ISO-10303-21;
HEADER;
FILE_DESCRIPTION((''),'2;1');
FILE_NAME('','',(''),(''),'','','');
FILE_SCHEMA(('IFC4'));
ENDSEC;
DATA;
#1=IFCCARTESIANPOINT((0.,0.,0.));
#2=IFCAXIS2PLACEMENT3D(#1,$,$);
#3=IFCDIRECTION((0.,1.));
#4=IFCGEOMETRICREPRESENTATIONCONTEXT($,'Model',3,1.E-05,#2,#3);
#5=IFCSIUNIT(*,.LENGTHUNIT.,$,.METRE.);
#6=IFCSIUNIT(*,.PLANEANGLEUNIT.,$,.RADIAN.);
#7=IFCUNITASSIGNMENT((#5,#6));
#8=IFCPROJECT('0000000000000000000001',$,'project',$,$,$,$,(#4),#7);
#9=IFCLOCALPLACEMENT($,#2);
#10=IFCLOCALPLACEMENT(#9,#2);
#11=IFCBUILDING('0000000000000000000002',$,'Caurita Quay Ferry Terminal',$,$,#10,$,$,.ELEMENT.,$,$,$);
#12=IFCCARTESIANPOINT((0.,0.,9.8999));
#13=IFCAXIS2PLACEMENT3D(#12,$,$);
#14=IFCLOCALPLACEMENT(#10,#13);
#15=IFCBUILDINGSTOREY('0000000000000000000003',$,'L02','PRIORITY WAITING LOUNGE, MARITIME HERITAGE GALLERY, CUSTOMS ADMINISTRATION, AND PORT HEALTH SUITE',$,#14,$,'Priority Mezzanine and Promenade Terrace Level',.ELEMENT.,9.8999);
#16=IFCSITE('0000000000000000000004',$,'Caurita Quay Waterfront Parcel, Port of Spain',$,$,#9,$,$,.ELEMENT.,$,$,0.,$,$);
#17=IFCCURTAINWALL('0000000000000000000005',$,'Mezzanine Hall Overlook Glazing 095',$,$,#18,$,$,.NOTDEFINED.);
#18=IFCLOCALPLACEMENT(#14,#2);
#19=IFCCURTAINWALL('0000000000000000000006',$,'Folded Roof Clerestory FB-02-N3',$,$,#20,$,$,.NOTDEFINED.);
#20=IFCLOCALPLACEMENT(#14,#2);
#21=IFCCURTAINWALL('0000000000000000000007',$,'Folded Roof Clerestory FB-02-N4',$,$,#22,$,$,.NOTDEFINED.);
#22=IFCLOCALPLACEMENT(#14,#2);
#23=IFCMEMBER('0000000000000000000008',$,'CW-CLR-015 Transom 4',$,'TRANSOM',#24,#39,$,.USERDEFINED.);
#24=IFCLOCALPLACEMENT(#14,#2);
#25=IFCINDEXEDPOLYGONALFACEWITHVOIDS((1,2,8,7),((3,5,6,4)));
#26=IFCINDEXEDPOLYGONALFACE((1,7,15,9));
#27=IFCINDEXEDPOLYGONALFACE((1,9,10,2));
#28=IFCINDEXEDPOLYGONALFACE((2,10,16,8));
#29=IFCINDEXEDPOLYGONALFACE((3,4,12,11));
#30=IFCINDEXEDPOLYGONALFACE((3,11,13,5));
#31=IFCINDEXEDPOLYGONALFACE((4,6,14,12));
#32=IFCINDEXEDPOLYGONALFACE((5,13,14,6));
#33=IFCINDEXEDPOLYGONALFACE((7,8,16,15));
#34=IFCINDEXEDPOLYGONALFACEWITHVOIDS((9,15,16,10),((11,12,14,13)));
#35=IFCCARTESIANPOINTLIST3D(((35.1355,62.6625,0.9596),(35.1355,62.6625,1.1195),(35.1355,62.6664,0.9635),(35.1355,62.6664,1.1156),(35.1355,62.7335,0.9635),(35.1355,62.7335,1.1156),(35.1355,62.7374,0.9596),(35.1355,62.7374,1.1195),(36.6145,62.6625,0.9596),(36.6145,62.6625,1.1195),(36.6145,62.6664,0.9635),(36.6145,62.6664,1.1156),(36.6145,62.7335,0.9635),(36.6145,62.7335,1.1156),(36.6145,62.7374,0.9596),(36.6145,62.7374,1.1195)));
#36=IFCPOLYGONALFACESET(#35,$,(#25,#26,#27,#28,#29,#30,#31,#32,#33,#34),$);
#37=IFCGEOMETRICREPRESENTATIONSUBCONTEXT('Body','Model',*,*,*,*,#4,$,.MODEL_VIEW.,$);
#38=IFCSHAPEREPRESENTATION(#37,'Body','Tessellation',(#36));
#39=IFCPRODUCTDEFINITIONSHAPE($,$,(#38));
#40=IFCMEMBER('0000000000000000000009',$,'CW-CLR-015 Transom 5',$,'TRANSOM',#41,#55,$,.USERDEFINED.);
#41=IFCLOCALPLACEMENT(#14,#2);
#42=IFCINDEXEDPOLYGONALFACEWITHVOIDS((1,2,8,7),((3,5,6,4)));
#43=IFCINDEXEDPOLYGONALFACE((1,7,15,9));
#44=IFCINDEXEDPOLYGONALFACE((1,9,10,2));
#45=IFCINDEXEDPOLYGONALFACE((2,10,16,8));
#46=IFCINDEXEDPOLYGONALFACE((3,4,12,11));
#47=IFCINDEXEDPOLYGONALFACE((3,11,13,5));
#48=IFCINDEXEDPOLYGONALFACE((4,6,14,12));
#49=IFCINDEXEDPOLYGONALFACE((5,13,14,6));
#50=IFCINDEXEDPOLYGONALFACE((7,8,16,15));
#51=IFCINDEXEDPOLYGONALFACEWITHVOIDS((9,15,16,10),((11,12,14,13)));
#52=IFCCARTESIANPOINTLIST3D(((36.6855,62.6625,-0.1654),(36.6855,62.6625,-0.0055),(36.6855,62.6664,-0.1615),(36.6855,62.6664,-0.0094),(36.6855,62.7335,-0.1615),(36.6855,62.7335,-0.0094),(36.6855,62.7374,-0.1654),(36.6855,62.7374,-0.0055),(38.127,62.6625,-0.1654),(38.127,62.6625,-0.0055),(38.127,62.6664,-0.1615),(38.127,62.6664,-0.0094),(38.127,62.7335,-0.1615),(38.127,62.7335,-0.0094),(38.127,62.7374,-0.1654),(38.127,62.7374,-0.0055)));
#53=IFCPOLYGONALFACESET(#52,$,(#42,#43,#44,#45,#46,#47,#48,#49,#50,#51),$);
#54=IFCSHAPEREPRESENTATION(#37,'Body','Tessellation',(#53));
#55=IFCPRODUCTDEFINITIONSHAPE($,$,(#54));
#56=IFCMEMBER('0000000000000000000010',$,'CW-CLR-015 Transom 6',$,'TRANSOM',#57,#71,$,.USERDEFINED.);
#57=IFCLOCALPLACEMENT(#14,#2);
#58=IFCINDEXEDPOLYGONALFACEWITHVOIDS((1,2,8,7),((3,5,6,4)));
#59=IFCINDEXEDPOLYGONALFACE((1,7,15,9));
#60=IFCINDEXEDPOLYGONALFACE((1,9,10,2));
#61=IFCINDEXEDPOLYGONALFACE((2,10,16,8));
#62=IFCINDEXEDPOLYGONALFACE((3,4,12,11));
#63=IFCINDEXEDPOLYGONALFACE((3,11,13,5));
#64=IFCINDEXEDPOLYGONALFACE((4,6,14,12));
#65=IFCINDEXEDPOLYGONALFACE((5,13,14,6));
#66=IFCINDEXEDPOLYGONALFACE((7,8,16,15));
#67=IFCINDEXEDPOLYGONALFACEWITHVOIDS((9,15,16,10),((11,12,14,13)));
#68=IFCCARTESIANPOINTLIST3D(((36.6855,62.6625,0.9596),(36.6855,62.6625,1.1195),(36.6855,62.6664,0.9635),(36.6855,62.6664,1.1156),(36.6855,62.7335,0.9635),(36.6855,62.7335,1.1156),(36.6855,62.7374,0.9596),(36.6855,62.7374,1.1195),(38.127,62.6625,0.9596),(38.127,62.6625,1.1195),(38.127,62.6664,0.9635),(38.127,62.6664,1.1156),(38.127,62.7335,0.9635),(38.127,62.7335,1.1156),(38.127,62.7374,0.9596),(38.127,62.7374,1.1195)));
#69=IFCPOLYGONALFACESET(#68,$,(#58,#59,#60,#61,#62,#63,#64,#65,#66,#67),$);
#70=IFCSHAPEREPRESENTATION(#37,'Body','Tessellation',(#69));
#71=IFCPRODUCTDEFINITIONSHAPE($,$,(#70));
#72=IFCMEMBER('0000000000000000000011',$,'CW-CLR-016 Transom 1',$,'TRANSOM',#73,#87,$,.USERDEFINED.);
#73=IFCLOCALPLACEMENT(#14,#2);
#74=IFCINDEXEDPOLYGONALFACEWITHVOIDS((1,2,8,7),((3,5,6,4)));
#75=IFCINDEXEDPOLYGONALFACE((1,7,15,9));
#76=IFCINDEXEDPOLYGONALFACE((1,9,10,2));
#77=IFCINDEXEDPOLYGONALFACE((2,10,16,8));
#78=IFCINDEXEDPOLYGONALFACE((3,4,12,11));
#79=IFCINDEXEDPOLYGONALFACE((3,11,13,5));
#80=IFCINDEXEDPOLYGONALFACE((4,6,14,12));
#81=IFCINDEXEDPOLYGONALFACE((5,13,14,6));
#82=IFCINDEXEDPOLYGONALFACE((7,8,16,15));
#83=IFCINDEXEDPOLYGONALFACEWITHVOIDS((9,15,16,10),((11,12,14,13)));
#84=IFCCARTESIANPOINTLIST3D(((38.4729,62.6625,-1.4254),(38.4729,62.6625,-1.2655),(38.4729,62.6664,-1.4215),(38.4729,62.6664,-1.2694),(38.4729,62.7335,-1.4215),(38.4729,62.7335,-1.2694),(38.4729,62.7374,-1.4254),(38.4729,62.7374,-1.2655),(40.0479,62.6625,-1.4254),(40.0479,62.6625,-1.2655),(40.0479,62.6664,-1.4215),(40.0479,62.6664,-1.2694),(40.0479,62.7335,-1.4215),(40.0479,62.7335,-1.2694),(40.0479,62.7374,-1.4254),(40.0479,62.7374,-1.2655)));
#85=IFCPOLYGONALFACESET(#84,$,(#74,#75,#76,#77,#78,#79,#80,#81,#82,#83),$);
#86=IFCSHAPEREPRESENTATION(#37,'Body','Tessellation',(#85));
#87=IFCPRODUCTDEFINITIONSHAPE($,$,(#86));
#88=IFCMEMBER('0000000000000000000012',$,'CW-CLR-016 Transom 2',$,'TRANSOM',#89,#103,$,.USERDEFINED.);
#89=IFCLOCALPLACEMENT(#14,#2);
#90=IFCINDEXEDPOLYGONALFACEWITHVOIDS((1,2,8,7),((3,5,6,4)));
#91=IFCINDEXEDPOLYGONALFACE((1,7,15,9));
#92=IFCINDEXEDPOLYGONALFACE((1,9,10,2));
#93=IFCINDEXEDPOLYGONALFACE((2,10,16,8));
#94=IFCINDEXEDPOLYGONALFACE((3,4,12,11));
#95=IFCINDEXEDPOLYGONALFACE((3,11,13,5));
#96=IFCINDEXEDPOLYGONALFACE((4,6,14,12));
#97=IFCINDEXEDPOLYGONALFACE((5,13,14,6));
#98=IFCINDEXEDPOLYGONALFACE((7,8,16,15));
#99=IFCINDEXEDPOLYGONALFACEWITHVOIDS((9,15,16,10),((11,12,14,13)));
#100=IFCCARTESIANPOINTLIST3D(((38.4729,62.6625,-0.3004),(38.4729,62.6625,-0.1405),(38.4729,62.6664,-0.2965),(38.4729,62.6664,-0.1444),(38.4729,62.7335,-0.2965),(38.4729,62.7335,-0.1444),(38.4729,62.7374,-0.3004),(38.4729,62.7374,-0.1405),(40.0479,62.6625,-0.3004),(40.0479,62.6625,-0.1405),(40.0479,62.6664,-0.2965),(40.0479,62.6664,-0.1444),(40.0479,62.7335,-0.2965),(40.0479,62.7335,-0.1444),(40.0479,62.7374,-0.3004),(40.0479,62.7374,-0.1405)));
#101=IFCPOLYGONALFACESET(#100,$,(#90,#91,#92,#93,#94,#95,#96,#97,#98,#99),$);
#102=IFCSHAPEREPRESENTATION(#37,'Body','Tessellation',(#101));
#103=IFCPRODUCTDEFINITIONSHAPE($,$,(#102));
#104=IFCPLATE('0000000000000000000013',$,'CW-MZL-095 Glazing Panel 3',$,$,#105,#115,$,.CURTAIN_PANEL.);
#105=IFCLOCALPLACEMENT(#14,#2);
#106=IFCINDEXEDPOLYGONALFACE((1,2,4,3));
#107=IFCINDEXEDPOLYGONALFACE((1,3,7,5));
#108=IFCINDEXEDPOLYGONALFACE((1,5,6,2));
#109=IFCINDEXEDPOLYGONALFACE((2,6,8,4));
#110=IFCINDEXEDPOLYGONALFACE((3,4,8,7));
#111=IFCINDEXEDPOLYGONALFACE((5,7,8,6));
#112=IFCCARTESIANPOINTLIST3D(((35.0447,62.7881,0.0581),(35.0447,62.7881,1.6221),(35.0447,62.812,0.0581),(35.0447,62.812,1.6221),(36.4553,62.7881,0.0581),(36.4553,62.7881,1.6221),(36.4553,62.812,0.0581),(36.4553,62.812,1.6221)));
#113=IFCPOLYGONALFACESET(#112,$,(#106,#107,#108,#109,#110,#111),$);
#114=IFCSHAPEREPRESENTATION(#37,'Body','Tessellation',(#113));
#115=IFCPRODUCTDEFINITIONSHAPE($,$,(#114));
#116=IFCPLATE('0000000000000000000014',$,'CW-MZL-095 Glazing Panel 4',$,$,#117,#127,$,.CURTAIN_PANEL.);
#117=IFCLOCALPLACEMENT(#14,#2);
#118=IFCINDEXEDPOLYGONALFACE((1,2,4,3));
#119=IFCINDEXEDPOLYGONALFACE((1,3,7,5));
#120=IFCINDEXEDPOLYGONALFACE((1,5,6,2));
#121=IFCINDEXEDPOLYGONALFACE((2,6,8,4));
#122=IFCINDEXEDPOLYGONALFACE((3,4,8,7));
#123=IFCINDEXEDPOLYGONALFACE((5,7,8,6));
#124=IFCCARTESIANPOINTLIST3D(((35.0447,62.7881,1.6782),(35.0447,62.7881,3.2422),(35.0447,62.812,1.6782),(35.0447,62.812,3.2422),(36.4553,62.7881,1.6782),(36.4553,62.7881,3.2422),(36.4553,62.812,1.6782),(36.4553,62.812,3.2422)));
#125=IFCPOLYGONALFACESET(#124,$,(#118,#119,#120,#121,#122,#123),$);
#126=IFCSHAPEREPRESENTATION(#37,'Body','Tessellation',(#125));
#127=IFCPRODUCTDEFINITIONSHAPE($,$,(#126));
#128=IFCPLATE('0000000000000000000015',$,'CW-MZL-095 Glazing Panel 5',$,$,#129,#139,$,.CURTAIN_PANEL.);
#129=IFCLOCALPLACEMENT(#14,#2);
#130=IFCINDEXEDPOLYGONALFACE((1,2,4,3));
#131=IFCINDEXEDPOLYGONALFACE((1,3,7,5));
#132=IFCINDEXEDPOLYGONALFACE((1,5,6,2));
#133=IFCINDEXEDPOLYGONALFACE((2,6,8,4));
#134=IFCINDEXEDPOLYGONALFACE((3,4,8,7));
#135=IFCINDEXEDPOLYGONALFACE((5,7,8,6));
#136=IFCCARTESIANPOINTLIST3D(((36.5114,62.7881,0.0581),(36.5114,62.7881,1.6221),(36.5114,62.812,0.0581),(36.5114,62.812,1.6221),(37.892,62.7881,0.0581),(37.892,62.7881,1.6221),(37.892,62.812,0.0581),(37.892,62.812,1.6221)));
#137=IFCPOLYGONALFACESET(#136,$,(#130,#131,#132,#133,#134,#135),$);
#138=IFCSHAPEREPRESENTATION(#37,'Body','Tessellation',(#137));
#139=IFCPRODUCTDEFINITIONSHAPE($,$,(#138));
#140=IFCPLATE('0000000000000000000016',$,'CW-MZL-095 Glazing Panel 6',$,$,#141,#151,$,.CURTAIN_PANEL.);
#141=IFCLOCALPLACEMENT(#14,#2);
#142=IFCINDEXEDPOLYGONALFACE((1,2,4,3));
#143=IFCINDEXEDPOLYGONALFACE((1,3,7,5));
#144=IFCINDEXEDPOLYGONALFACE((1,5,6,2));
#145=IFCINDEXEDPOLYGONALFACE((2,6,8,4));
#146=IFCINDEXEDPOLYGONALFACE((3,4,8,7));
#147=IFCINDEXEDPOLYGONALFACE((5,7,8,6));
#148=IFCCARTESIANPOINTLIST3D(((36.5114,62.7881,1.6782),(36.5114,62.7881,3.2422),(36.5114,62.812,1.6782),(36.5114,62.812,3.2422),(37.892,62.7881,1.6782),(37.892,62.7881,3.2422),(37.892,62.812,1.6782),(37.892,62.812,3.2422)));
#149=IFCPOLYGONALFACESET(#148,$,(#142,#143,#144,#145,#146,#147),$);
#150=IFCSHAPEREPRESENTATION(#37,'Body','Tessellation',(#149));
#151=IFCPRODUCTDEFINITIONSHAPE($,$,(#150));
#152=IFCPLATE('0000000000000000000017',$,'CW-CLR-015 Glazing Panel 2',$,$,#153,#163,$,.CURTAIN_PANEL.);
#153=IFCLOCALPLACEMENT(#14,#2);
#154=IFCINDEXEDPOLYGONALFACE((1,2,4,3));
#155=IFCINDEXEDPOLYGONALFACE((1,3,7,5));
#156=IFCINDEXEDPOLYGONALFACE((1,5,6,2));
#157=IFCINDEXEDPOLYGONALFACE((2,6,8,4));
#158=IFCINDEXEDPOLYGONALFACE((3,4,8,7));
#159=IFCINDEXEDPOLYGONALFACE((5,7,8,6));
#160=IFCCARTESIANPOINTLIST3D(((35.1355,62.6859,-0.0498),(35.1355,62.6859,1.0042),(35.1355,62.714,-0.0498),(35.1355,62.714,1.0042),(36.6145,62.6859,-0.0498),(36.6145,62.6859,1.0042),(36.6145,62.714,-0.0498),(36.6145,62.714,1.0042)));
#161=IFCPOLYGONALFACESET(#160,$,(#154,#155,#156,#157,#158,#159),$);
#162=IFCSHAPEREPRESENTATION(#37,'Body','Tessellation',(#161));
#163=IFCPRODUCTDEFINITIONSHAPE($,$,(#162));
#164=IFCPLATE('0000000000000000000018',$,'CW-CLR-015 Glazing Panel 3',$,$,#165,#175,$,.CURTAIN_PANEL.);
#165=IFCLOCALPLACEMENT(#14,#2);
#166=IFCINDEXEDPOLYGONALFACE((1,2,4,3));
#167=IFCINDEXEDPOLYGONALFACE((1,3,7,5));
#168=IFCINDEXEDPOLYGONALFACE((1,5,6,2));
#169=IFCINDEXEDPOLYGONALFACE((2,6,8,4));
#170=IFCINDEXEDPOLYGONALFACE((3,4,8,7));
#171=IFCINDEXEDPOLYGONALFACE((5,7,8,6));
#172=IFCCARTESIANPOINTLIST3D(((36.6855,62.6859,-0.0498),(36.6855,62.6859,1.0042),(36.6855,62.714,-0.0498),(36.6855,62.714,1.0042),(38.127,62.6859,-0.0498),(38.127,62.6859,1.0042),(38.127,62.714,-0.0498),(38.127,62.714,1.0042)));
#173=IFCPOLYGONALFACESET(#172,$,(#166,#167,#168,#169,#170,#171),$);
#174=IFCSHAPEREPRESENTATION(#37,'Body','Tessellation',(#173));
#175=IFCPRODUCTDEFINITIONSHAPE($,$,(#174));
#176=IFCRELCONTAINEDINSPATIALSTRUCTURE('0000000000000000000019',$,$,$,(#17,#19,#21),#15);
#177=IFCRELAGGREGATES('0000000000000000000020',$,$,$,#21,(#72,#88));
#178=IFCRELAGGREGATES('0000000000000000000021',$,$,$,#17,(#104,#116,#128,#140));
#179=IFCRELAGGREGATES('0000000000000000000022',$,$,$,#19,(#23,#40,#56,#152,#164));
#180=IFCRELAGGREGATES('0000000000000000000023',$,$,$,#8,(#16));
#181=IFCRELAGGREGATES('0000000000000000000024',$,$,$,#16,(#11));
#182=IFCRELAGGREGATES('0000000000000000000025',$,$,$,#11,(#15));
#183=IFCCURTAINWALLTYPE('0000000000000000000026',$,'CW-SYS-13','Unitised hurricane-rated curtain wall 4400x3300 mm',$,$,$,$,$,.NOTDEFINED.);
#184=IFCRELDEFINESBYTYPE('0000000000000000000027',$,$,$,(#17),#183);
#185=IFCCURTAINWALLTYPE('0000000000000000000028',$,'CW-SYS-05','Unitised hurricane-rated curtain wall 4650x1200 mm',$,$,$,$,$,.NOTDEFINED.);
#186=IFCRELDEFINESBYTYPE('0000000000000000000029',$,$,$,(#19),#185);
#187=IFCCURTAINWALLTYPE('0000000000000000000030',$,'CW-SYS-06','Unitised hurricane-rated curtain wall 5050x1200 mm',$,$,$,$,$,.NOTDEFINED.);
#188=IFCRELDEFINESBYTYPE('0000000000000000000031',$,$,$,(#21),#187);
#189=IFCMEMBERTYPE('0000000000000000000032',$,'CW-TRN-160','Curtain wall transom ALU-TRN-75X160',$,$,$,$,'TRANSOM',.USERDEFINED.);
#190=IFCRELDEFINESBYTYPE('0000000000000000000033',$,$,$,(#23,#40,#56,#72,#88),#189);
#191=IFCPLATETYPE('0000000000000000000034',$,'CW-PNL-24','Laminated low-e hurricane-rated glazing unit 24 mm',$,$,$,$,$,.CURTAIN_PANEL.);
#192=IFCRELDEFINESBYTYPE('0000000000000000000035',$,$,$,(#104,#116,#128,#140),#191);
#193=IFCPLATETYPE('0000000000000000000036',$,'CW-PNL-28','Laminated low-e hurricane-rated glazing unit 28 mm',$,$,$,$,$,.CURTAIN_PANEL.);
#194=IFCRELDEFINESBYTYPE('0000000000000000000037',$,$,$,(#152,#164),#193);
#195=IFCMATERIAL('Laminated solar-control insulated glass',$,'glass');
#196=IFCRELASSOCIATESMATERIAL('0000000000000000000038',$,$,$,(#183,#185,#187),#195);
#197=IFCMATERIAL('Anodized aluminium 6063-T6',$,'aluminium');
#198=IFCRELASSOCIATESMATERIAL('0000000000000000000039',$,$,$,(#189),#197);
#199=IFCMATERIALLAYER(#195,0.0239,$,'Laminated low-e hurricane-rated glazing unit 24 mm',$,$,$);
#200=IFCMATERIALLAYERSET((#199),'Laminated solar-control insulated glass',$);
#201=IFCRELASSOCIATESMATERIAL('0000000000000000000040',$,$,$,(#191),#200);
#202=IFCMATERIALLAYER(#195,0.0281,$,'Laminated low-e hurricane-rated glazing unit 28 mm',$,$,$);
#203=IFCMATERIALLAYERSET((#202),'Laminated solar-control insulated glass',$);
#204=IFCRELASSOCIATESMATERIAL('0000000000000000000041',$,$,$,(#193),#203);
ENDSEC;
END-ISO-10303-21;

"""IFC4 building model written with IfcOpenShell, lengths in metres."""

from ifc_helpers import new_model, si_unit, direction, frame, origin, origin_2d, place, context, subcontext, project, spatial, rectangle, hollow_rectangle, extrude, material, layer, layer_set, material_profile, profile_set, type_object, element, aggregate, save


model = new_model("IFC4")

# Units and contexts
model_context = context("Model", 3, precision=1e-05, world=origin(), true_north=direction((0.0, 1.0)))
body_context = subcontext(model_context, "Body", "Model", "MODEL_VIEW")
ifc_project = project(units=[si_unit("LENGTHUNIT", "METRE"), si_unit("PLANEANGLEUNIT", "RADIAN")], contexts=[model_context])

# Site, building, storey
site_placement = place(None, origin())
site = spatial("IfcSite", under=ifc_project, at=site_placement, Name="Caurita Quay Waterfront Parcel, Port of Spain", CompositionType="ELEMENT", RefElevation=0.0)
building_placement = place(site_placement, origin())
building = spatial("IfcBuilding", under=site, at=building_placement, Name="Caurita Quay Ferry Terminal", CompositionType="ELEMENT")
storey_placement = place(building_placement, frame((0.0, 0.0, 9.8999)))
storey = spatial("IfcBuildingStorey", under=building, at=storey_placement, Name="L02", Description="PRIORITY WAITING LOUNGE, MARITIME HERITAGE GALLERY, CUSTOMS ADMINISTRATION, AND PORT HEALTH SUITE", LongName="Priority Mezzanine and Promenade Terrace Level", CompositionType="ELEMENT", Elevation=9.8999)

# Curtain wall
ifc_material_1 = material(Name="Laminated solar-control insulated glass", Category="glass")
curtain_wall_type_1 = type_object("IfcCurtainWallType", Name="CW-SYS-13", Description="Unitised hurricane-rated curtain wall 4400x3300 mm", PredefinedType="NOTDEFINED", material=ifc_material_1)
curtain_wall_1_placement = place(storey_placement, origin())
curtain_wall_1 = element("IfcCurtainWall", 1, at=curtain_wall_1_placement, inside=storey, type_object=curtain_wall_type_1, Name="Mezzanine Hall Overlook Glazing 095", PredefinedType="NOTDEFINED")
ifc_material_2 = material(Name="Anodized aluminium 6063-T6", Category="aluminium")

# Curtain wall
curtain_wall_type_2 = type_object("IfcCurtainWallType", Name="CW-SYS-05", Description="Unitised hurricane-rated curtain wall 4650x1200 mm", PredefinedType="NOTDEFINED", material=ifc_material_1)
curtain_wall_2_placement = place(storey_placement, origin())
curtain_wall_2 = element("IfcCurtainWall", 2, at=curtain_wall_2_placement, inside=storey, type_object=curtain_wall_type_2, Name="Folded Roof Clerestory FB-02-N3", PredefinedType="NOTDEFINED")

# Curtain wall
curtain_wall_type_3 = type_object("IfcCurtainWallType", Name="CW-SYS-06", Description="Unitised hurricane-rated curtain wall 5050x1200 mm", PredefinedType="NOTDEFINED", material=ifc_material_1)
curtain_wall_3_placement = place(storey_placement, origin())
curtain_wall_3 = element("IfcCurtainWall", 3, at=curtain_wall_3_placement, inside=storey, type_object=curtain_wall_type_3, Name="Folded Roof Clerestory FB-02-N4", PredefinedType="NOTDEFINED")

# Members
ifc_material_profile_1 = material_profile(ifc_material_2, hollow_rectangle(XDim=0.075, YDim=0.1599, WallThickness=0.0039, at=origin_2d()), Name="ALU-TRN-75X160")
ifc_profile_set_1 = profile_set([ifc_material_profile_1], Name="Anodized aluminium 6063-T6")
member_type_1 = type_object("IfcMemberType", Name="CW-TRN-160", Description="Curtain wall transom ALU-TRN-75X160", ElementType="TRANSOM", PredefinedType="USERDEFINED", material=ifc_profile_set_1)
member_1_placement = place(storey_placement, frame((35.1355, 62.7, 1.0396), z_axis=(1.0, 0.0, 0.0), x_axis=(0.0, 1.0, 0.0)))
member_1 = element("IfcMember", 4, at=member_1_placement, type_object=member_type_1, Name="CW-CLR-015 Transom 4", ObjectType="TRANSOM", PredefinedType="USERDEFINED", context=body_context, shape_type="SweptSolid", body=[
    extrude(hollow_rectangle(XDim=0.075, YDim=0.1599, WallThickness=0.0039, at=origin_2d()), origin(), (0.0, 0.0, 1.0), 1.479),
])
member_2_placement = place(storey_placement, frame((36.6855, 62.7, -0.0854), z_axis=(1.0, 0.0, 0.0), x_axis=(0.0, 1.0, 0.0)))
member_2 = element("IfcMember", 5, at=member_2_placement, type_object=member_type_1, Name="CW-CLR-015 Transom 5", ObjectType="TRANSOM", PredefinedType="USERDEFINED", context=body_context, shape_type="SweptSolid", body=[
    extrude(hollow_rectangle(XDim=0.075, YDim=0.1599, WallThickness=0.0039, at=origin_2d()), origin(), (0.0, 0.0, 1.0), 1.4414),
])
member_3_placement = place(storey_placement, frame((36.6855, 62.7, 1.0396), z_axis=(1.0, 0.0, 0.0), x_axis=(0.0, 1.0, 0.0)))
member_3 = element("IfcMember", 6, at=member_3_placement, type_object=member_type_1, Name="CW-CLR-015 Transom 6", ObjectType="TRANSOM", PredefinedType="USERDEFINED", context=body_context, shape_type="SweptSolid", body=[
    extrude(hollow_rectangle(XDim=0.075, YDim=0.1599, WallThickness=0.0039, at=origin_2d()), origin(), (0.0, 0.0, 1.0), 1.4414),
])
member_4_placement = place(storey_placement, frame((38.4729, 62.7, -1.3455), z_axis=(1.0, 0.0, 0.0), x_axis=(0.0, 1.0, 0.0)))
member_4 = element("IfcMember", 7, at=member_4_placement, type_object=member_type_1, Name="CW-CLR-016 Transom 1", ObjectType="TRANSOM", PredefinedType="USERDEFINED", context=body_context, shape_type="SweptSolid", body=[
    extrude(hollow_rectangle(XDim=0.075, YDim=0.1599, WallThickness=0.0039, at=origin_2d()), origin(), (0.0, 0.0, 1.0), 1.575),
])
member_5_placement = place(storey_placement, frame((38.4729, 62.7, -0.2205), z_axis=(1.0, 0.0, 0.0), x_axis=(0.0, 1.0, 0.0)))
member_5 = element("IfcMember", 8, at=member_5_placement, type_object=member_type_1, Name="CW-CLR-016 Transom 2", ObjectType="TRANSOM", PredefinedType="USERDEFINED", context=body_context, shape_type="SweptSolid", body=[
    extrude(hollow_rectangle(XDim=0.075, YDim=0.1599, WallThickness=0.0039, at=origin_2d()), origin(), (0.0, 0.0, 1.0), 1.575),
])
aggregate(curtain_wall_3, [member_4, member_5])

# Plates
ifc_layer_1 = layer(ifc_material_1, 0.0239, Name="Laminated low-e hurricane-rated glazing unit 24 mm")
ifc_layer_set_1 = layer_set([ifc_layer_1], Name="Laminated solar-control insulated glass")
plate_type_1 = type_object("IfcPlateType", Name="CW-PNL-24", Description="Laminated low-e hurricane-rated glazing unit 24 mm", PredefinedType="CURTAIN_PANEL", material=ifc_layer_set_1)
plate_1_placement = place(storey_placement, frame((35.75, 62.8, 0.0581), z_axis=(0.0, 0.0, 1.0), x_axis=(1.0, 0.0, 0.0)))
plate_1 = element("IfcPlate", 9, at=plate_1_placement, type_object=plate_type_1, Name="CW-MZL-095 Glazing Panel 3", PredefinedType="CURTAIN_PANEL", context=body_context, shape_type="SweptSolid", body=[
    extrude(rectangle(XDim=1.4106, YDim=0.0239, at=origin_2d()), origin(), (0.0, 0.0, 1.0), 1.564),
])
plate_2_placement = place(storey_placement, frame((35.75, 62.8, 1.6782), z_axis=(0.0, 0.0, 1.0), x_axis=(1.0, 0.0, 0.0)))
plate_2 = element("IfcPlate", 10, at=plate_2_placement, type_object=plate_type_1, Name="CW-MZL-095 Glazing Panel 4", PredefinedType="CURTAIN_PANEL", context=body_context, shape_type="SweptSolid", body=[
    extrude(rectangle(XDim=1.4106, YDim=0.0239, at=origin_2d()), origin(), (0.0, 0.0, 1.0), 1.564),
])
plate_3_placement = place(storey_placement, frame((37.2017, 62.8, 0.0581), z_axis=(0.0, 0.0, 1.0), x_axis=(1.0, 0.0, 0.0)))
plate_3 = element("IfcPlate", 11, at=plate_3_placement, type_object=plate_type_1, Name="CW-MZL-095 Glazing Panel 5", PredefinedType="CURTAIN_PANEL", context=body_context, shape_type="SweptSolid", body=[
    extrude(rectangle(XDim=1.3806, YDim=0.0239, at=origin_2d()), origin(), (0.0, 0.0, 1.0), 1.564),
])
plate_4_placement = place(storey_placement, frame((37.2017, 62.8, 1.6782), z_axis=(0.0, 0.0, 1.0), x_axis=(1.0, 0.0, 0.0)))
plate_4 = element("IfcPlate", 12, at=plate_4_placement, type_object=plate_type_1, Name="CW-MZL-095 Glazing Panel 6", PredefinedType="CURTAIN_PANEL", context=body_context, shape_type="SweptSolid", body=[
    extrude(rectangle(XDim=1.3806, YDim=0.0239, at=origin_2d()), origin(), (0.0, 0.0, 1.0), 1.564),
])
aggregate(curtain_wall_1, [plate_1, plate_2, plate_3, plate_4])
ifc_layer_2 = layer(ifc_material_1, 0.0281, Name="Laminated low-e hurricane-rated glazing unit 28 mm")
ifc_layer_set_2 = layer_set([ifc_layer_2], Name="Laminated solar-control insulated glass")
plate_type_2 = type_object("IfcPlateType", Name="CW-PNL-28", Description="Laminated low-e hurricane-rated glazing unit 28 mm", PredefinedType="CURTAIN_PANEL", material=ifc_layer_set_2)
plate_5_placement = place(storey_placement, frame((35.875, 62.7, -0.0498), z_axis=(0.0, 0.0, 1.0), x_axis=(1.0, 0.0, 0.0)))
plate_5 = element("IfcPlate", 13, at=plate_5_placement, type_object=plate_type_2, Name="CW-CLR-015 Glazing Panel 2", PredefinedType="CURTAIN_PANEL", context=body_context, shape_type="SweptSolid", body=[
    extrude(rectangle(XDim=1.479, YDim=0.0281, at=origin_2d()), origin(), (0.0, 0.0, 1.0), 1.054),
])
plate_6_placement = place(storey_placement, frame((37.4062, 62.7, -0.0498), z_axis=(0.0, 0.0, 1.0), x_axis=(1.0, 0.0, 0.0)))
plate_6 = element("IfcPlate", 14, at=plate_6_placement, type_object=plate_type_2, Name="CW-CLR-015 Glazing Panel 3", PredefinedType="CURTAIN_PANEL", context=body_context, shape_type="SweptSolid", body=[
    extrude(rectangle(XDim=1.4414, YDim=0.0281, at=origin_2d()), origin(), (0.0, 0.0, 1.0), 1.054),
])
aggregate(curtain_wall_2, [member_1, member_2, member_3, plate_5, plate_6])

save(model, "model.ifc")
